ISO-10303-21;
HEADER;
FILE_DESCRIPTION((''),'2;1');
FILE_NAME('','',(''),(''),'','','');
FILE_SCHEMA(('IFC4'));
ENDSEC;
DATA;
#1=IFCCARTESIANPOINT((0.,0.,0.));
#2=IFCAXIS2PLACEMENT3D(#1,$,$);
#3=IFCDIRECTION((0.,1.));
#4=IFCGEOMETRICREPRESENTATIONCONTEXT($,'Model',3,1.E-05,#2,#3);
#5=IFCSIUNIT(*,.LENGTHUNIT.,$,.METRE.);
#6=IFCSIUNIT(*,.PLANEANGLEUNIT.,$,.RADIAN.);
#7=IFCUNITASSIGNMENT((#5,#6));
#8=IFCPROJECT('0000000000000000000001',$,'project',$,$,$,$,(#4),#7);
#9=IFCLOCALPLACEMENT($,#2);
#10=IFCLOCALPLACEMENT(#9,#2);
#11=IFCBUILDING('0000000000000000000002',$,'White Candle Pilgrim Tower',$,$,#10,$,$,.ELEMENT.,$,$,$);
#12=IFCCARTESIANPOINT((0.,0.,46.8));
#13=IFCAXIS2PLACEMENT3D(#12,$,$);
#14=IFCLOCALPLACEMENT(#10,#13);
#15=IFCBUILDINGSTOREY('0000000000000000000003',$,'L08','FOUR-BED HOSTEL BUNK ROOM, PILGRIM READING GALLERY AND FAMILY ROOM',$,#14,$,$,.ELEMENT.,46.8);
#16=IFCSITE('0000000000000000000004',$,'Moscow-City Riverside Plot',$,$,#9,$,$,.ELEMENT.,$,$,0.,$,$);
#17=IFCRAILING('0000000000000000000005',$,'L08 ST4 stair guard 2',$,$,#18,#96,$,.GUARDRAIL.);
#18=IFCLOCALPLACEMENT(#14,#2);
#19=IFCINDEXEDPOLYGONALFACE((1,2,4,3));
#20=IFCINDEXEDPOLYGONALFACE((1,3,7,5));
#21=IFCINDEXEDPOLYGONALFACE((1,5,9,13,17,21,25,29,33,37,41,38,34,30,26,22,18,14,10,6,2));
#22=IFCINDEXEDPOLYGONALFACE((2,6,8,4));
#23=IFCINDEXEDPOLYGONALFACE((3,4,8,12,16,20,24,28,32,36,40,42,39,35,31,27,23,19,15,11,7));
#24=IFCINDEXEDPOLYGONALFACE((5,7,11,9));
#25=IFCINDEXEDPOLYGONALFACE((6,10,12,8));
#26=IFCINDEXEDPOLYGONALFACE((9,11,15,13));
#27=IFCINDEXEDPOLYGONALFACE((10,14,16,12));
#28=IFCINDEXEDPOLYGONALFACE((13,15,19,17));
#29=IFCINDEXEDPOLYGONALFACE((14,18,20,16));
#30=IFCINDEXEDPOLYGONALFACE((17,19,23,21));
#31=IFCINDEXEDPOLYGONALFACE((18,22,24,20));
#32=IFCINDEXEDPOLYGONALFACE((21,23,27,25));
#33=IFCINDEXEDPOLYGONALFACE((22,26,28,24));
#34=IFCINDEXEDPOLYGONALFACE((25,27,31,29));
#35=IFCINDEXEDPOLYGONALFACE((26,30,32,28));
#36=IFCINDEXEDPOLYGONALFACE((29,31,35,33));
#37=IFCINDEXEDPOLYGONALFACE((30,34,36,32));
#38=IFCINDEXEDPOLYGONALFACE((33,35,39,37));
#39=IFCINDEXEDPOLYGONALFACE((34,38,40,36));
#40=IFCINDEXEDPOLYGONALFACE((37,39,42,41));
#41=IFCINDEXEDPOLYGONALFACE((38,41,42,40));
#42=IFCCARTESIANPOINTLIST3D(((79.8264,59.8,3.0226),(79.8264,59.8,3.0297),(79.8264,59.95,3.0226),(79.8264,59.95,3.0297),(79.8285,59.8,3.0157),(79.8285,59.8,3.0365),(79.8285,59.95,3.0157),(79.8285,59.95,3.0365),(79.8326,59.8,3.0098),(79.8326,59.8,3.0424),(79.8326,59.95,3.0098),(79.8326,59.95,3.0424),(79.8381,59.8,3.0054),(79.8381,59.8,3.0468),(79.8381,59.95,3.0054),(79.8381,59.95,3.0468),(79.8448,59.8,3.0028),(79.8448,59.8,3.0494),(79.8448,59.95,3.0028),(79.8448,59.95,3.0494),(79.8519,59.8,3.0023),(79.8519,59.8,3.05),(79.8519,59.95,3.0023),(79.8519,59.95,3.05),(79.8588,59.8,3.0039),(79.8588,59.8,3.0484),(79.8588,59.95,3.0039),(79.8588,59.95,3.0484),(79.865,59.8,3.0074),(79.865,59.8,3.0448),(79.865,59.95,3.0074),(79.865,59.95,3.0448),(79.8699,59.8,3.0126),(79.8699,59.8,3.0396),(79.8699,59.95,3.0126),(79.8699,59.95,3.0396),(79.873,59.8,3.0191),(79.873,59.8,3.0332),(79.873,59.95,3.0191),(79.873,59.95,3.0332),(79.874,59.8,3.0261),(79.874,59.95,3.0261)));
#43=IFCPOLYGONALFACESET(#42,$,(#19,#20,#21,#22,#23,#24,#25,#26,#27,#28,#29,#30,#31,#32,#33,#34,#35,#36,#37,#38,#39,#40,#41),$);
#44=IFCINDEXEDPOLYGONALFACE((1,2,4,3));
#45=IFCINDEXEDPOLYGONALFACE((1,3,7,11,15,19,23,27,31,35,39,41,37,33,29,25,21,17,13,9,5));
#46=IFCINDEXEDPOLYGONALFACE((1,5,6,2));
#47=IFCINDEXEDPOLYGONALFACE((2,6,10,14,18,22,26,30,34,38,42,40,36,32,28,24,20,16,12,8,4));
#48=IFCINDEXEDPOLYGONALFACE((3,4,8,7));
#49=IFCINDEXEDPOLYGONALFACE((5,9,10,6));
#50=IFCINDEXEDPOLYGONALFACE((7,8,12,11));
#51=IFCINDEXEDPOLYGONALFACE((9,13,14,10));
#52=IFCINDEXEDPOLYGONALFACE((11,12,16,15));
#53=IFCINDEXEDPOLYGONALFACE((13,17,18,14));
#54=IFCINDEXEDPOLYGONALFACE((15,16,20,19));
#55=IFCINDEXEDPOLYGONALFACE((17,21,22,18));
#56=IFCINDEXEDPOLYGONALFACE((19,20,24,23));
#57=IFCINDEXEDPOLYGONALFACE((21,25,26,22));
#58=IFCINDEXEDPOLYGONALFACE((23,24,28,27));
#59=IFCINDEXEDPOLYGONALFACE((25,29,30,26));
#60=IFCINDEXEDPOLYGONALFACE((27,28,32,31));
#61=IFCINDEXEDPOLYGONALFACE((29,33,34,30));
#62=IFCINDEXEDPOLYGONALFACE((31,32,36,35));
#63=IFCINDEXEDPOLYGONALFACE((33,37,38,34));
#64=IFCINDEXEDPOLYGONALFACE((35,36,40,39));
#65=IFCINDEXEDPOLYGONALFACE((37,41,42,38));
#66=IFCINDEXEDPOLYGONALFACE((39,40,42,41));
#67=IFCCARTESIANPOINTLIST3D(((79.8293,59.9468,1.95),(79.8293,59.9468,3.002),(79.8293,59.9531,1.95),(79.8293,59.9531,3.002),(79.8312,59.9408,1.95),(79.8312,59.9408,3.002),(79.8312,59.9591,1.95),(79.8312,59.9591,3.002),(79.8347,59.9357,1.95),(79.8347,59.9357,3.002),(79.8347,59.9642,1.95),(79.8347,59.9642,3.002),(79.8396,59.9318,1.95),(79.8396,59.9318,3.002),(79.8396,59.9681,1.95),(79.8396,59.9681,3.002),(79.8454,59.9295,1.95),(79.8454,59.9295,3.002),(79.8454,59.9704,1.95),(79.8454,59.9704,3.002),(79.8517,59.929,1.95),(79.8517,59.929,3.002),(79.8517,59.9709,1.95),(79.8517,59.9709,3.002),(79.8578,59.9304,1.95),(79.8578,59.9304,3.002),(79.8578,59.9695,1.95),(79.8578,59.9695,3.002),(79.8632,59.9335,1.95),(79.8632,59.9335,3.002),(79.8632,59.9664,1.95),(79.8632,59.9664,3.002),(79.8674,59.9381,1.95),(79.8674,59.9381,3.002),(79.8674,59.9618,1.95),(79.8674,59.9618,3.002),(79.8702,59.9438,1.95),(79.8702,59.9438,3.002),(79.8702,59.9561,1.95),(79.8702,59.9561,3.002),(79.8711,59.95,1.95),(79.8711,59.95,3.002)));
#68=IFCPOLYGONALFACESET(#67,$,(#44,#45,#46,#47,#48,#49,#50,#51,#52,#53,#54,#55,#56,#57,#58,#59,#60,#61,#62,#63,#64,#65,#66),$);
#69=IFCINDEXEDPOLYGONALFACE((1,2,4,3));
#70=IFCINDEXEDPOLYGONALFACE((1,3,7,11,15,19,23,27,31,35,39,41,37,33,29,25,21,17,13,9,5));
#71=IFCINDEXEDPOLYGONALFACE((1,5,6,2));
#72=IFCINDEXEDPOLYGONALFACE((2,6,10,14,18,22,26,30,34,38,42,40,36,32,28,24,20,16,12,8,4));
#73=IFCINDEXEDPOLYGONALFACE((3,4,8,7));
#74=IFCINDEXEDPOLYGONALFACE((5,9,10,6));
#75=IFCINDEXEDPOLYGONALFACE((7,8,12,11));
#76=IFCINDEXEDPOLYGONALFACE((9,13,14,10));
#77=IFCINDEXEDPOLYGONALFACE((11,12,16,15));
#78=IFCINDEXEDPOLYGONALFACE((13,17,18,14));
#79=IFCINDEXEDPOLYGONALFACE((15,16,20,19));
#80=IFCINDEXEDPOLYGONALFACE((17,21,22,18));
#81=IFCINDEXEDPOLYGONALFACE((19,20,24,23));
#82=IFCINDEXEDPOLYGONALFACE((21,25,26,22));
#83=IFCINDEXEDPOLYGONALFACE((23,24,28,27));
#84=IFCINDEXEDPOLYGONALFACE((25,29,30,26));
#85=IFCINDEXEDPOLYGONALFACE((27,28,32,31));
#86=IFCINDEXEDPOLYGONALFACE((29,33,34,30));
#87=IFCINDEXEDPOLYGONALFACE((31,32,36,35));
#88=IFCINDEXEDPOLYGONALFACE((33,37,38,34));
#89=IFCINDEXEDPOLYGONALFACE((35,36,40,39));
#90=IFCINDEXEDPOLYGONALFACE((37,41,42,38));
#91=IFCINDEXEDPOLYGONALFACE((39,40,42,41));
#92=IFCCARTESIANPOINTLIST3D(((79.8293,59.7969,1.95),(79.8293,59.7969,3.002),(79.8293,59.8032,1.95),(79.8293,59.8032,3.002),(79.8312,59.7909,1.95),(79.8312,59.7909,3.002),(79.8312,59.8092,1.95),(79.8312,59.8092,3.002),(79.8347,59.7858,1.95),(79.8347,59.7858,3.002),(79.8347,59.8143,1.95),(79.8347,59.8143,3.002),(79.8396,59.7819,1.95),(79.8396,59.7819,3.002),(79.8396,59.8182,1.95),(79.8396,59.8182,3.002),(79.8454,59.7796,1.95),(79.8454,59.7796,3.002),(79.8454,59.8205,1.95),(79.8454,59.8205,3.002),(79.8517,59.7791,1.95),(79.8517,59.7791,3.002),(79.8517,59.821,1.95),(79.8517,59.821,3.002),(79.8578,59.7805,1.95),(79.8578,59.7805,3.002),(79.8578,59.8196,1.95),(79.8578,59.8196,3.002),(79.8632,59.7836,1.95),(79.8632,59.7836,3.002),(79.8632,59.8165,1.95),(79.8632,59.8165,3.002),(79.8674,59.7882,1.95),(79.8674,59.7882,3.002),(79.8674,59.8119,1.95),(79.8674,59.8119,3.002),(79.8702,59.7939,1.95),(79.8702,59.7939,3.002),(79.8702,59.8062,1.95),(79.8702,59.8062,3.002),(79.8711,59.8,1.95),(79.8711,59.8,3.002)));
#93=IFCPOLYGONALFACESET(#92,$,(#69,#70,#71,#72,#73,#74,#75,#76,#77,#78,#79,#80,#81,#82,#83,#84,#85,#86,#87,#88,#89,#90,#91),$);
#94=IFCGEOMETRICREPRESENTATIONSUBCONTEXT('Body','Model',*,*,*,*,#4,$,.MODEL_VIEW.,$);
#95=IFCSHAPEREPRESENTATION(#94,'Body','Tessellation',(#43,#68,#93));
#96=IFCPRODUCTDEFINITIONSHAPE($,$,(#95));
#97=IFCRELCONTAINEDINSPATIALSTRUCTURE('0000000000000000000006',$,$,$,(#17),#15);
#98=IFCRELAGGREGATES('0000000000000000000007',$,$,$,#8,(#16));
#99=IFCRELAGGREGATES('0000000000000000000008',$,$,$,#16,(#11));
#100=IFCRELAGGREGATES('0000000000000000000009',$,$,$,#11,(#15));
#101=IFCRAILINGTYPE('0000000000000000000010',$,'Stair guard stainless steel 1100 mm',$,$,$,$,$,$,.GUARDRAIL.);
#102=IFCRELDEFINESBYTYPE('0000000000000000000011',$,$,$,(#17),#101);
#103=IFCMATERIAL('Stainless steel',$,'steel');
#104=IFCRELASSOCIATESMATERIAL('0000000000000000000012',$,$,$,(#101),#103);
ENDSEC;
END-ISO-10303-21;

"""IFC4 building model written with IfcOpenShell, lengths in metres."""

from ifc_helpers import new_model, si_unit, direction, frame, origin, origin_2d, place, context, subcontext, project, spatial, circle, extrude, material, type_object, element, save


model = new_model("IFC4")

# Units and contexts
model_context = context("Model", 3, precision=1e-05, world=origin(), true_north=direction((0.0, 1.0)))
body_context = subcontext(model_context, "Body", "Model", "MODEL_VIEW")
ifc_project = project(units=[si_unit("LENGTHUNIT", "METRE"), si_unit("PLANEANGLEUNIT", "RADIAN")], contexts=[model_context])

# Site, building, storey
site_placement = place(None, origin())
site = spatial("IfcSite", under=ifc_project, at=site_placement, Name="Moscow-City Riverside Plot", CompositionType="ELEMENT", RefElevation=0.0)
building_placement = place(site_placement, origin())
building = spatial("IfcBuilding", under=site, at=building_placement, Name="White Candle Pilgrim Tower", CompositionType="ELEMENT")
storey_placement = place(building_placement, frame((0.0, 0.0, 46.8)))
storey = spatial("IfcBuildingStorey", under=building, at=storey_placement, Name="L08", Description="FOUR-BED HOSTEL BUNK ROOM, PILGRIM READING GALLERY AND FAMILY ROOM", CompositionType="ELEMENT", Elevation=46.8)

# Railing
ifc_material_1 = material(Name="Stainless steel", Category="steel")
railing_type_1 = type_object("IfcRailingType", Name="Stair guard stainless steel 1100 mm", PredefinedType="GUARDRAIL", material=ifc_material_1)
railing_1_placement = place(storey_placement, frame((79.8501, 59.95, 1.95)))
element("IfcRailing", 1, at=railing_1_placement, inside=storey, type_object=railing_type_1, Name="L08 ST4 stair guard 2", PredefinedType="GUARDRAIL", context=body_context, shape_type="SweptSolid", body=[
    extrude(circle(Radius=0.0239, at=origin_2d()), frame((0.0, 0.0, 1.0762), z_axis=(0.0, -1.0, 0.0), x_axis=(1.0, 0.0, 0.0)), (0.0, 0.0, 1.0), 0.1499),
    extrude(circle(Radius=0.021, at=origin_2d()), origin(), (0.0, 0.0, 1.0), 1.052),
    extrude(circle(Radius=0.021, at=origin_2d()), frame((0.0, -0.1499, 0.0)), (0.0, 0.0, 1.0), 1.052),
])

save(model, "model.ifc")
